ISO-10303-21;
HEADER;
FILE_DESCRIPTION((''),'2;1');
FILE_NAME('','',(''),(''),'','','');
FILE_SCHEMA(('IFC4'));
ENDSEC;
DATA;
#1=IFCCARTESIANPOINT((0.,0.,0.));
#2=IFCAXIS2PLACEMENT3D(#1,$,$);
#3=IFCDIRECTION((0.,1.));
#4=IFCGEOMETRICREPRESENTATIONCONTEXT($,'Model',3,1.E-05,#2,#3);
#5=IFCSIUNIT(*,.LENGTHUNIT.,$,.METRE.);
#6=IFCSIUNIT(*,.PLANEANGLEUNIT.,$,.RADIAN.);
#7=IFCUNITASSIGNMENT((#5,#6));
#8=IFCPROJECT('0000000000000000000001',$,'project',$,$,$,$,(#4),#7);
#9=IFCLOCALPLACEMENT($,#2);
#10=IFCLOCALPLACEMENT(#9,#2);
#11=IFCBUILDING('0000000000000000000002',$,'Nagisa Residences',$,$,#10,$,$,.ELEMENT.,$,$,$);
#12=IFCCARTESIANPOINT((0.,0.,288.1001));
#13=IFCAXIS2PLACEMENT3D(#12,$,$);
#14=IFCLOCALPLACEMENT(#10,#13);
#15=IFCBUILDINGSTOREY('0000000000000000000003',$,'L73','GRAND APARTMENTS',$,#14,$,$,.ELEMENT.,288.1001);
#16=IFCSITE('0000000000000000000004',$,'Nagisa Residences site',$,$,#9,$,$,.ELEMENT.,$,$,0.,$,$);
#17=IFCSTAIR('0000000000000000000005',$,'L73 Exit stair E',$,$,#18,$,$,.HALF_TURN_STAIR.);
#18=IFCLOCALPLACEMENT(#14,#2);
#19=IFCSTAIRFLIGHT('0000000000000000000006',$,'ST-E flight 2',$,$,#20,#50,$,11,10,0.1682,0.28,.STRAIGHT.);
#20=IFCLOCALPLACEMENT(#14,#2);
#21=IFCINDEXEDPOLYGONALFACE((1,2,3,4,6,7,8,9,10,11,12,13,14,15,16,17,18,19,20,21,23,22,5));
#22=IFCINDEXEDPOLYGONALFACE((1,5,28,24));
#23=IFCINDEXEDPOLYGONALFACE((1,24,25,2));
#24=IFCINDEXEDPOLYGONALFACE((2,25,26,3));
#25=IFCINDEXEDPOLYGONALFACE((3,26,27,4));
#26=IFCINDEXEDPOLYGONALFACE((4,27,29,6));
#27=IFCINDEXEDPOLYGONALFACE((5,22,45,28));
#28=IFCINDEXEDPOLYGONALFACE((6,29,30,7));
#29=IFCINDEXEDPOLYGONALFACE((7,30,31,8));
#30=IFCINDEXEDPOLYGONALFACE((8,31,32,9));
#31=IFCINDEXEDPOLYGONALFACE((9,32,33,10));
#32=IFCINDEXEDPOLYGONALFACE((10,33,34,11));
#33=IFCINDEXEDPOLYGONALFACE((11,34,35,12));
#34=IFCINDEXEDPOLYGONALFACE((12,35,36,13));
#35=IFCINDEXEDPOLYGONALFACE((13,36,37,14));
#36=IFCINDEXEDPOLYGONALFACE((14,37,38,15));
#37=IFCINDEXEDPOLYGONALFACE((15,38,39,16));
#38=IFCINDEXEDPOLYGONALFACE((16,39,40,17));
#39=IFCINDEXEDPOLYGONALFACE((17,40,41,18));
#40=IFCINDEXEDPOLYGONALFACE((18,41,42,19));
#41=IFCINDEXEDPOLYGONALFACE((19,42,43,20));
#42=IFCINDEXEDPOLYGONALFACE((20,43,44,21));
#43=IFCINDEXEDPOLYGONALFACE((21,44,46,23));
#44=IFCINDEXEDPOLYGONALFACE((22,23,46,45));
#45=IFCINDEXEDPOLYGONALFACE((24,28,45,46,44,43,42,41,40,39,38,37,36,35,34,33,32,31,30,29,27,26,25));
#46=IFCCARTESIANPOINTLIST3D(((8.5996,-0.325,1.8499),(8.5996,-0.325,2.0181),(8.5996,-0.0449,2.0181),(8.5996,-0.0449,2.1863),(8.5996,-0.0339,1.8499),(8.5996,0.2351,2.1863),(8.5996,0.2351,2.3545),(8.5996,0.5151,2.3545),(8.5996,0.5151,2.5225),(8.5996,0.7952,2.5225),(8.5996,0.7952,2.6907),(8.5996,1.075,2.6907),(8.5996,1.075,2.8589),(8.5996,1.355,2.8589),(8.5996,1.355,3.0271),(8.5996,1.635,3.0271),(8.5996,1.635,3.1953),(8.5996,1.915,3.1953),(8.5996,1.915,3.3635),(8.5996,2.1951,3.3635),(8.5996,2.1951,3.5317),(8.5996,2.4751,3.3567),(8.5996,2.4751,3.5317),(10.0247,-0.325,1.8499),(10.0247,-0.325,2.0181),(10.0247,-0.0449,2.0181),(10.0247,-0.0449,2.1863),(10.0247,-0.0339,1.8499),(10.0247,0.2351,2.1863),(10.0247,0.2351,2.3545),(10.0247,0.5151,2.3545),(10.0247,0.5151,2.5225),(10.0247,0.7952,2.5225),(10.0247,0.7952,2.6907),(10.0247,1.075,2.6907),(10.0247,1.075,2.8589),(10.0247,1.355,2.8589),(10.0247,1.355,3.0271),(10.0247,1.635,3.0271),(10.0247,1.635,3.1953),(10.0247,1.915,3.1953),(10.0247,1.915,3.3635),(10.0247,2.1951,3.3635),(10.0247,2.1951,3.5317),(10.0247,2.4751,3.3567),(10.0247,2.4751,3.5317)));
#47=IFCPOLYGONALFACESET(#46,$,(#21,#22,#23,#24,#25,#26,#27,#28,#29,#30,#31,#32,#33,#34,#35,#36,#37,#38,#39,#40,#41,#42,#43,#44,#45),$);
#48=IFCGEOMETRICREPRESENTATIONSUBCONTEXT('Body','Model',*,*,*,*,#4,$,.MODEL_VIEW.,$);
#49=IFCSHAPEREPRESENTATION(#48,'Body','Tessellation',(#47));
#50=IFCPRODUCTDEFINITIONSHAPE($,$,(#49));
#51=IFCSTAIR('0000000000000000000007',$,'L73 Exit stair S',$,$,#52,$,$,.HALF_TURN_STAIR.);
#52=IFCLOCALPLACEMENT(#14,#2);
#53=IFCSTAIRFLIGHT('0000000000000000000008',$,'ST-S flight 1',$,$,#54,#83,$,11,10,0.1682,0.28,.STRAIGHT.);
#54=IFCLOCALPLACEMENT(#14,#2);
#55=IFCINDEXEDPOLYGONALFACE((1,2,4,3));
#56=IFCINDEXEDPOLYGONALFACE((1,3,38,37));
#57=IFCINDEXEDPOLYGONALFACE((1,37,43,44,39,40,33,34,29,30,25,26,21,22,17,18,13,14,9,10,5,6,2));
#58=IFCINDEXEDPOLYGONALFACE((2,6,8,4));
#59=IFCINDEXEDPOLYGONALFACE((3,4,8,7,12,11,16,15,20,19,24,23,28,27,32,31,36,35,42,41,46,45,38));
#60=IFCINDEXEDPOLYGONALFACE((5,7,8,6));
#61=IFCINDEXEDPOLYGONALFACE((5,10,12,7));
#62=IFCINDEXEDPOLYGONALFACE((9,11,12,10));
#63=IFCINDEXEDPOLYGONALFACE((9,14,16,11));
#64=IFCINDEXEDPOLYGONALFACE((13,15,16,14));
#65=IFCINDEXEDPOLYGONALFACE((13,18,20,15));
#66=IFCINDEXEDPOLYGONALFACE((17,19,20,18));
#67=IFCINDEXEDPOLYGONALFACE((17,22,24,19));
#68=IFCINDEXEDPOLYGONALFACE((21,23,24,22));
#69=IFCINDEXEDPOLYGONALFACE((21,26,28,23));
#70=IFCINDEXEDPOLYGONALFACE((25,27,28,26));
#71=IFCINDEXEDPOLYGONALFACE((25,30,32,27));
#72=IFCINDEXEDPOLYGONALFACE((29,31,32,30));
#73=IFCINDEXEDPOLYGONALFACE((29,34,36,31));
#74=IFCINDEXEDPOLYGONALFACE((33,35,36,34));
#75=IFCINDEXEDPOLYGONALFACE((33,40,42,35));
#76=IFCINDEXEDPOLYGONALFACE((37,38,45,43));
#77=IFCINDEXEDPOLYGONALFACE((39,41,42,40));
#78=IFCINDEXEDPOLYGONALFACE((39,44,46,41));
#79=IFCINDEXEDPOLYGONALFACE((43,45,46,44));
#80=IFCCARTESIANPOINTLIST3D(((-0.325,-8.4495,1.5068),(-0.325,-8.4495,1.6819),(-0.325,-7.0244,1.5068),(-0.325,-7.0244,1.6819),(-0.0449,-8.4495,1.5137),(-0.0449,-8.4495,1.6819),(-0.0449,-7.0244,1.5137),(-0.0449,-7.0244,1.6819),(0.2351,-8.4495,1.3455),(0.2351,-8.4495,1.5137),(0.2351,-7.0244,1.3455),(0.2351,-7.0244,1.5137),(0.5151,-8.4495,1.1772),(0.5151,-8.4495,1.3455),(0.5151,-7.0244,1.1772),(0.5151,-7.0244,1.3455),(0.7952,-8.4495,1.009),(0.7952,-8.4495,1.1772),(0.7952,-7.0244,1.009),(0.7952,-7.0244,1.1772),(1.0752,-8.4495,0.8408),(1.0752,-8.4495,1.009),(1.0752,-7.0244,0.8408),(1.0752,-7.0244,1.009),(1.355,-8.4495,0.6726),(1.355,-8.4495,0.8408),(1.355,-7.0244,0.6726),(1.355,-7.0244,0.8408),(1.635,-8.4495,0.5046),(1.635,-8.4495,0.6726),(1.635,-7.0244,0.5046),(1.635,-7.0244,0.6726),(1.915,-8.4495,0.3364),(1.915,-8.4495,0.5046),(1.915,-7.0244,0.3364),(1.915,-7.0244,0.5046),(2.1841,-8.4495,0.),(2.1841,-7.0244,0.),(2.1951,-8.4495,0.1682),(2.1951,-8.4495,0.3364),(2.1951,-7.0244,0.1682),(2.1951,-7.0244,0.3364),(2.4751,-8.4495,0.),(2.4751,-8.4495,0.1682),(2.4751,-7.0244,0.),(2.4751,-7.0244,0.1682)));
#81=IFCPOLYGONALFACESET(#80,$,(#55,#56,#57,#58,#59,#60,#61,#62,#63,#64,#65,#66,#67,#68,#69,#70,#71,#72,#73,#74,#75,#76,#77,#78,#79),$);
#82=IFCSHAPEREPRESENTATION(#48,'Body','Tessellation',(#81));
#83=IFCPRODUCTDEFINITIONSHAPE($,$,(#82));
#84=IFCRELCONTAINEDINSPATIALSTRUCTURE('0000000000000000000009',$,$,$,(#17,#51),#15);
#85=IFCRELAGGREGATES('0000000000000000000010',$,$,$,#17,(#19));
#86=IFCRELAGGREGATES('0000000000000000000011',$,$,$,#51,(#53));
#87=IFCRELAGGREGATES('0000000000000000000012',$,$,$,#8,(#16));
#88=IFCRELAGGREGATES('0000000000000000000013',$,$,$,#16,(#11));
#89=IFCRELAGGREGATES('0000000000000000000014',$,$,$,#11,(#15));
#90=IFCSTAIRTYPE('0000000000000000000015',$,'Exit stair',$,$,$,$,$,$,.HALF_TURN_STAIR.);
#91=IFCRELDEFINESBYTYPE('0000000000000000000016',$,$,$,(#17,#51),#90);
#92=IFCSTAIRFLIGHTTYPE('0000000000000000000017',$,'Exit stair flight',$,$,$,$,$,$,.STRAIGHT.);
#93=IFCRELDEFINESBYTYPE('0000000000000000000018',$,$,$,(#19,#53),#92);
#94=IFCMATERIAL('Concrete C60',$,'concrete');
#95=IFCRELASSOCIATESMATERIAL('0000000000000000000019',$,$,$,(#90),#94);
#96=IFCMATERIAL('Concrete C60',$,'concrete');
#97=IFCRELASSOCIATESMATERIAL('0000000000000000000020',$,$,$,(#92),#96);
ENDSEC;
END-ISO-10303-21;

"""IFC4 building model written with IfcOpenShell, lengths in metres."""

from ifc_helpers import new_model, si_unit, direction, frame, origin, place, context, subcontext, project, spatial, polyline, outline, extrude, material, type_object, element, aggregate, save


model = new_model("IFC4")

# Units and contexts
model_context = context("Model", 3, precision=1e-05, world=origin(), true_north=direction((0.0, 1.0)))
body_context = subcontext(model_context, "Body", "Model", "MODEL_VIEW")
ifc_project = project(units=[si_unit("LENGTHUNIT", "METRE"), si_unit("PLANEANGLEUNIT", "RADIAN")], contexts=[model_context])

# Site, building, storey
site_placement = place(None, origin())
site = spatial("IfcSite", under=ifc_project, at=site_placement, Name="Nagisa Residences site", CompositionType="ELEMENT", RefElevation=0.0)
building_placement = place(site_placement, origin())
building = spatial("IfcBuilding", under=site, at=building_placement, Name="Nagisa Residences", CompositionType="ELEMENT")
storey_placement = place(building_placement, frame((0.0, 0.0, 288.1001)))
storey = spatial("IfcBuildingStorey", under=building, at=storey_placement, Name="L73", Description="GRAND APARTMENTS", CompositionType="ELEMENT", Elevation=288.1001)

# Stairs, stair flights
ifc_material_1 = material(Name="Concrete C60", Category="concrete")
stair_type = type_object("IfcStairType", Name="Exit stair", PredefinedType="HALF_TURN_STAIR", material=ifc_material_1)
stair_1_placement = place(storey_placement, origin())
stair_1 = element("IfcStair", 1, at=stair_1_placement, inside=storey, type_object=stair_type, Name="L73 Exit stair E", PredefinedType="HALF_TURN_STAIR")
ifc_material_2 = material(Name="Concrete C60", Category="concrete")
stair_flight_type = type_object("IfcStairFlightType", Name="Exit stair flight", PredefinedType="STRAIGHT", material=ifc_material_2)
stair_flight_1_placement = place(storey_placement, frame((9.312, -0.325, 1.8499), z_axis=(0.0, 0.0, 1.0), x_axis=(0.0, 1.0, 0.0)))
stair_flight_1 = element("IfcStairFlight", 2, at=stair_flight_1_placement, type_object=stair_flight_type, Name="ST-E flight 2", NumberOfRisers=11, NumberOfTreads=10, PredefinedType="STRAIGHT", RiserHeight=0.1682, TreadLength=0.28, context=body_context, shape_type="SweptSolid", body=[
    extrude(outline(polyline([(0.0, 0.0), (0.0, 0.1682), (0.28, 0.1682), (0.28, 0.3364), (0.5601, 0.3364), (0.5601, 0.5046), (0.8401, 0.5046), (0.8401, 0.6726), (1.1201, 0.6726), (1.1201, 0.8408), (1.3999, 0.8408), (1.3999, 1.009), (1.6799, 1.009), (1.6799, 1.1772), (1.96, 1.1772), (1.96, 1.3455), (2.24, 1.3455), (2.24, 1.5137), (2.52, 1.5137), (2.52, 1.6819), (2.8, 1.6819), (2.8, 1.8501), (2.8, 1.5068), (0.291, 0.0), (0.0, 0.0)])), frame((0.0, 0.7124, 0.0), z_axis=(0.0, -1.0, 0.0), x_axis=(1.0, 0.0, 0.0)), (0.0, 0.0, 1.0), 1.425),
])
aggregate(stair_1, [stair_flight_1])
stair_2_placement = place(storey_placement, origin())
stair_2 = element("IfcStair", 3, at=stair_2_placement, inside=storey, type_object=stair_type, Name="L73 Exit stair S", PredefinedType="HALF_TURN_STAIR")
stair_flight_2_placement = place(storey_placement, frame((2.4751, -7.7371, 0.0), z_axis=(0.0, 0.0, 1.0), x_axis=(-1.0, 0.0, 0.0)))
stair_flight_2 = element("IfcStairFlight", 4, at=stair_flight_2_placement, type_object=stair_flight_type, Name="ST-S flight 1", NumberOfRisers=11, NumberOfTreads=10, PredefinedType="STRAIGHT", RiserHeight=0.1682, TreadLength=0.28, context=body_context, shape_type="SweptSolid", body=[
    extrude(outline(polyline([(0.0, 0.0), (0.0, 0.1682), (0.28, 0.1682), (0.28, 0.3364), (0.5601, 0.3364), (0.5601, 0.5046), (0.8401, 0.5046), (0.8401, 0.6726), (1.1201, 0.6726), (1.1201, 0.8408), (1.3999, 0.8408), (1.3999, 1.009), (1.6799, 1.009), (1.6799, 1.1772), (1.96, 1.1772), (1.96, 1.3455), (2.24, 1.3455), (2.24, 1.5137), (2.52, 1.5137), (2.52, 1.6819), (2.8, 1.6819), (2.8, 1.8501), (2.8, 1.5068), (0.291, 0.0), (0.0, 0.0)])), frame((0.0, 0.7124, 0.0), z_axis=(0.0, -1.0, 0.0), x_axis=(1.0, 0.0, 0.0)), (0.0, 0.0, 1.0), 1.425),
])
aggregate(stair_2, [stair_flight_2])

save(model, "model.ifc")
